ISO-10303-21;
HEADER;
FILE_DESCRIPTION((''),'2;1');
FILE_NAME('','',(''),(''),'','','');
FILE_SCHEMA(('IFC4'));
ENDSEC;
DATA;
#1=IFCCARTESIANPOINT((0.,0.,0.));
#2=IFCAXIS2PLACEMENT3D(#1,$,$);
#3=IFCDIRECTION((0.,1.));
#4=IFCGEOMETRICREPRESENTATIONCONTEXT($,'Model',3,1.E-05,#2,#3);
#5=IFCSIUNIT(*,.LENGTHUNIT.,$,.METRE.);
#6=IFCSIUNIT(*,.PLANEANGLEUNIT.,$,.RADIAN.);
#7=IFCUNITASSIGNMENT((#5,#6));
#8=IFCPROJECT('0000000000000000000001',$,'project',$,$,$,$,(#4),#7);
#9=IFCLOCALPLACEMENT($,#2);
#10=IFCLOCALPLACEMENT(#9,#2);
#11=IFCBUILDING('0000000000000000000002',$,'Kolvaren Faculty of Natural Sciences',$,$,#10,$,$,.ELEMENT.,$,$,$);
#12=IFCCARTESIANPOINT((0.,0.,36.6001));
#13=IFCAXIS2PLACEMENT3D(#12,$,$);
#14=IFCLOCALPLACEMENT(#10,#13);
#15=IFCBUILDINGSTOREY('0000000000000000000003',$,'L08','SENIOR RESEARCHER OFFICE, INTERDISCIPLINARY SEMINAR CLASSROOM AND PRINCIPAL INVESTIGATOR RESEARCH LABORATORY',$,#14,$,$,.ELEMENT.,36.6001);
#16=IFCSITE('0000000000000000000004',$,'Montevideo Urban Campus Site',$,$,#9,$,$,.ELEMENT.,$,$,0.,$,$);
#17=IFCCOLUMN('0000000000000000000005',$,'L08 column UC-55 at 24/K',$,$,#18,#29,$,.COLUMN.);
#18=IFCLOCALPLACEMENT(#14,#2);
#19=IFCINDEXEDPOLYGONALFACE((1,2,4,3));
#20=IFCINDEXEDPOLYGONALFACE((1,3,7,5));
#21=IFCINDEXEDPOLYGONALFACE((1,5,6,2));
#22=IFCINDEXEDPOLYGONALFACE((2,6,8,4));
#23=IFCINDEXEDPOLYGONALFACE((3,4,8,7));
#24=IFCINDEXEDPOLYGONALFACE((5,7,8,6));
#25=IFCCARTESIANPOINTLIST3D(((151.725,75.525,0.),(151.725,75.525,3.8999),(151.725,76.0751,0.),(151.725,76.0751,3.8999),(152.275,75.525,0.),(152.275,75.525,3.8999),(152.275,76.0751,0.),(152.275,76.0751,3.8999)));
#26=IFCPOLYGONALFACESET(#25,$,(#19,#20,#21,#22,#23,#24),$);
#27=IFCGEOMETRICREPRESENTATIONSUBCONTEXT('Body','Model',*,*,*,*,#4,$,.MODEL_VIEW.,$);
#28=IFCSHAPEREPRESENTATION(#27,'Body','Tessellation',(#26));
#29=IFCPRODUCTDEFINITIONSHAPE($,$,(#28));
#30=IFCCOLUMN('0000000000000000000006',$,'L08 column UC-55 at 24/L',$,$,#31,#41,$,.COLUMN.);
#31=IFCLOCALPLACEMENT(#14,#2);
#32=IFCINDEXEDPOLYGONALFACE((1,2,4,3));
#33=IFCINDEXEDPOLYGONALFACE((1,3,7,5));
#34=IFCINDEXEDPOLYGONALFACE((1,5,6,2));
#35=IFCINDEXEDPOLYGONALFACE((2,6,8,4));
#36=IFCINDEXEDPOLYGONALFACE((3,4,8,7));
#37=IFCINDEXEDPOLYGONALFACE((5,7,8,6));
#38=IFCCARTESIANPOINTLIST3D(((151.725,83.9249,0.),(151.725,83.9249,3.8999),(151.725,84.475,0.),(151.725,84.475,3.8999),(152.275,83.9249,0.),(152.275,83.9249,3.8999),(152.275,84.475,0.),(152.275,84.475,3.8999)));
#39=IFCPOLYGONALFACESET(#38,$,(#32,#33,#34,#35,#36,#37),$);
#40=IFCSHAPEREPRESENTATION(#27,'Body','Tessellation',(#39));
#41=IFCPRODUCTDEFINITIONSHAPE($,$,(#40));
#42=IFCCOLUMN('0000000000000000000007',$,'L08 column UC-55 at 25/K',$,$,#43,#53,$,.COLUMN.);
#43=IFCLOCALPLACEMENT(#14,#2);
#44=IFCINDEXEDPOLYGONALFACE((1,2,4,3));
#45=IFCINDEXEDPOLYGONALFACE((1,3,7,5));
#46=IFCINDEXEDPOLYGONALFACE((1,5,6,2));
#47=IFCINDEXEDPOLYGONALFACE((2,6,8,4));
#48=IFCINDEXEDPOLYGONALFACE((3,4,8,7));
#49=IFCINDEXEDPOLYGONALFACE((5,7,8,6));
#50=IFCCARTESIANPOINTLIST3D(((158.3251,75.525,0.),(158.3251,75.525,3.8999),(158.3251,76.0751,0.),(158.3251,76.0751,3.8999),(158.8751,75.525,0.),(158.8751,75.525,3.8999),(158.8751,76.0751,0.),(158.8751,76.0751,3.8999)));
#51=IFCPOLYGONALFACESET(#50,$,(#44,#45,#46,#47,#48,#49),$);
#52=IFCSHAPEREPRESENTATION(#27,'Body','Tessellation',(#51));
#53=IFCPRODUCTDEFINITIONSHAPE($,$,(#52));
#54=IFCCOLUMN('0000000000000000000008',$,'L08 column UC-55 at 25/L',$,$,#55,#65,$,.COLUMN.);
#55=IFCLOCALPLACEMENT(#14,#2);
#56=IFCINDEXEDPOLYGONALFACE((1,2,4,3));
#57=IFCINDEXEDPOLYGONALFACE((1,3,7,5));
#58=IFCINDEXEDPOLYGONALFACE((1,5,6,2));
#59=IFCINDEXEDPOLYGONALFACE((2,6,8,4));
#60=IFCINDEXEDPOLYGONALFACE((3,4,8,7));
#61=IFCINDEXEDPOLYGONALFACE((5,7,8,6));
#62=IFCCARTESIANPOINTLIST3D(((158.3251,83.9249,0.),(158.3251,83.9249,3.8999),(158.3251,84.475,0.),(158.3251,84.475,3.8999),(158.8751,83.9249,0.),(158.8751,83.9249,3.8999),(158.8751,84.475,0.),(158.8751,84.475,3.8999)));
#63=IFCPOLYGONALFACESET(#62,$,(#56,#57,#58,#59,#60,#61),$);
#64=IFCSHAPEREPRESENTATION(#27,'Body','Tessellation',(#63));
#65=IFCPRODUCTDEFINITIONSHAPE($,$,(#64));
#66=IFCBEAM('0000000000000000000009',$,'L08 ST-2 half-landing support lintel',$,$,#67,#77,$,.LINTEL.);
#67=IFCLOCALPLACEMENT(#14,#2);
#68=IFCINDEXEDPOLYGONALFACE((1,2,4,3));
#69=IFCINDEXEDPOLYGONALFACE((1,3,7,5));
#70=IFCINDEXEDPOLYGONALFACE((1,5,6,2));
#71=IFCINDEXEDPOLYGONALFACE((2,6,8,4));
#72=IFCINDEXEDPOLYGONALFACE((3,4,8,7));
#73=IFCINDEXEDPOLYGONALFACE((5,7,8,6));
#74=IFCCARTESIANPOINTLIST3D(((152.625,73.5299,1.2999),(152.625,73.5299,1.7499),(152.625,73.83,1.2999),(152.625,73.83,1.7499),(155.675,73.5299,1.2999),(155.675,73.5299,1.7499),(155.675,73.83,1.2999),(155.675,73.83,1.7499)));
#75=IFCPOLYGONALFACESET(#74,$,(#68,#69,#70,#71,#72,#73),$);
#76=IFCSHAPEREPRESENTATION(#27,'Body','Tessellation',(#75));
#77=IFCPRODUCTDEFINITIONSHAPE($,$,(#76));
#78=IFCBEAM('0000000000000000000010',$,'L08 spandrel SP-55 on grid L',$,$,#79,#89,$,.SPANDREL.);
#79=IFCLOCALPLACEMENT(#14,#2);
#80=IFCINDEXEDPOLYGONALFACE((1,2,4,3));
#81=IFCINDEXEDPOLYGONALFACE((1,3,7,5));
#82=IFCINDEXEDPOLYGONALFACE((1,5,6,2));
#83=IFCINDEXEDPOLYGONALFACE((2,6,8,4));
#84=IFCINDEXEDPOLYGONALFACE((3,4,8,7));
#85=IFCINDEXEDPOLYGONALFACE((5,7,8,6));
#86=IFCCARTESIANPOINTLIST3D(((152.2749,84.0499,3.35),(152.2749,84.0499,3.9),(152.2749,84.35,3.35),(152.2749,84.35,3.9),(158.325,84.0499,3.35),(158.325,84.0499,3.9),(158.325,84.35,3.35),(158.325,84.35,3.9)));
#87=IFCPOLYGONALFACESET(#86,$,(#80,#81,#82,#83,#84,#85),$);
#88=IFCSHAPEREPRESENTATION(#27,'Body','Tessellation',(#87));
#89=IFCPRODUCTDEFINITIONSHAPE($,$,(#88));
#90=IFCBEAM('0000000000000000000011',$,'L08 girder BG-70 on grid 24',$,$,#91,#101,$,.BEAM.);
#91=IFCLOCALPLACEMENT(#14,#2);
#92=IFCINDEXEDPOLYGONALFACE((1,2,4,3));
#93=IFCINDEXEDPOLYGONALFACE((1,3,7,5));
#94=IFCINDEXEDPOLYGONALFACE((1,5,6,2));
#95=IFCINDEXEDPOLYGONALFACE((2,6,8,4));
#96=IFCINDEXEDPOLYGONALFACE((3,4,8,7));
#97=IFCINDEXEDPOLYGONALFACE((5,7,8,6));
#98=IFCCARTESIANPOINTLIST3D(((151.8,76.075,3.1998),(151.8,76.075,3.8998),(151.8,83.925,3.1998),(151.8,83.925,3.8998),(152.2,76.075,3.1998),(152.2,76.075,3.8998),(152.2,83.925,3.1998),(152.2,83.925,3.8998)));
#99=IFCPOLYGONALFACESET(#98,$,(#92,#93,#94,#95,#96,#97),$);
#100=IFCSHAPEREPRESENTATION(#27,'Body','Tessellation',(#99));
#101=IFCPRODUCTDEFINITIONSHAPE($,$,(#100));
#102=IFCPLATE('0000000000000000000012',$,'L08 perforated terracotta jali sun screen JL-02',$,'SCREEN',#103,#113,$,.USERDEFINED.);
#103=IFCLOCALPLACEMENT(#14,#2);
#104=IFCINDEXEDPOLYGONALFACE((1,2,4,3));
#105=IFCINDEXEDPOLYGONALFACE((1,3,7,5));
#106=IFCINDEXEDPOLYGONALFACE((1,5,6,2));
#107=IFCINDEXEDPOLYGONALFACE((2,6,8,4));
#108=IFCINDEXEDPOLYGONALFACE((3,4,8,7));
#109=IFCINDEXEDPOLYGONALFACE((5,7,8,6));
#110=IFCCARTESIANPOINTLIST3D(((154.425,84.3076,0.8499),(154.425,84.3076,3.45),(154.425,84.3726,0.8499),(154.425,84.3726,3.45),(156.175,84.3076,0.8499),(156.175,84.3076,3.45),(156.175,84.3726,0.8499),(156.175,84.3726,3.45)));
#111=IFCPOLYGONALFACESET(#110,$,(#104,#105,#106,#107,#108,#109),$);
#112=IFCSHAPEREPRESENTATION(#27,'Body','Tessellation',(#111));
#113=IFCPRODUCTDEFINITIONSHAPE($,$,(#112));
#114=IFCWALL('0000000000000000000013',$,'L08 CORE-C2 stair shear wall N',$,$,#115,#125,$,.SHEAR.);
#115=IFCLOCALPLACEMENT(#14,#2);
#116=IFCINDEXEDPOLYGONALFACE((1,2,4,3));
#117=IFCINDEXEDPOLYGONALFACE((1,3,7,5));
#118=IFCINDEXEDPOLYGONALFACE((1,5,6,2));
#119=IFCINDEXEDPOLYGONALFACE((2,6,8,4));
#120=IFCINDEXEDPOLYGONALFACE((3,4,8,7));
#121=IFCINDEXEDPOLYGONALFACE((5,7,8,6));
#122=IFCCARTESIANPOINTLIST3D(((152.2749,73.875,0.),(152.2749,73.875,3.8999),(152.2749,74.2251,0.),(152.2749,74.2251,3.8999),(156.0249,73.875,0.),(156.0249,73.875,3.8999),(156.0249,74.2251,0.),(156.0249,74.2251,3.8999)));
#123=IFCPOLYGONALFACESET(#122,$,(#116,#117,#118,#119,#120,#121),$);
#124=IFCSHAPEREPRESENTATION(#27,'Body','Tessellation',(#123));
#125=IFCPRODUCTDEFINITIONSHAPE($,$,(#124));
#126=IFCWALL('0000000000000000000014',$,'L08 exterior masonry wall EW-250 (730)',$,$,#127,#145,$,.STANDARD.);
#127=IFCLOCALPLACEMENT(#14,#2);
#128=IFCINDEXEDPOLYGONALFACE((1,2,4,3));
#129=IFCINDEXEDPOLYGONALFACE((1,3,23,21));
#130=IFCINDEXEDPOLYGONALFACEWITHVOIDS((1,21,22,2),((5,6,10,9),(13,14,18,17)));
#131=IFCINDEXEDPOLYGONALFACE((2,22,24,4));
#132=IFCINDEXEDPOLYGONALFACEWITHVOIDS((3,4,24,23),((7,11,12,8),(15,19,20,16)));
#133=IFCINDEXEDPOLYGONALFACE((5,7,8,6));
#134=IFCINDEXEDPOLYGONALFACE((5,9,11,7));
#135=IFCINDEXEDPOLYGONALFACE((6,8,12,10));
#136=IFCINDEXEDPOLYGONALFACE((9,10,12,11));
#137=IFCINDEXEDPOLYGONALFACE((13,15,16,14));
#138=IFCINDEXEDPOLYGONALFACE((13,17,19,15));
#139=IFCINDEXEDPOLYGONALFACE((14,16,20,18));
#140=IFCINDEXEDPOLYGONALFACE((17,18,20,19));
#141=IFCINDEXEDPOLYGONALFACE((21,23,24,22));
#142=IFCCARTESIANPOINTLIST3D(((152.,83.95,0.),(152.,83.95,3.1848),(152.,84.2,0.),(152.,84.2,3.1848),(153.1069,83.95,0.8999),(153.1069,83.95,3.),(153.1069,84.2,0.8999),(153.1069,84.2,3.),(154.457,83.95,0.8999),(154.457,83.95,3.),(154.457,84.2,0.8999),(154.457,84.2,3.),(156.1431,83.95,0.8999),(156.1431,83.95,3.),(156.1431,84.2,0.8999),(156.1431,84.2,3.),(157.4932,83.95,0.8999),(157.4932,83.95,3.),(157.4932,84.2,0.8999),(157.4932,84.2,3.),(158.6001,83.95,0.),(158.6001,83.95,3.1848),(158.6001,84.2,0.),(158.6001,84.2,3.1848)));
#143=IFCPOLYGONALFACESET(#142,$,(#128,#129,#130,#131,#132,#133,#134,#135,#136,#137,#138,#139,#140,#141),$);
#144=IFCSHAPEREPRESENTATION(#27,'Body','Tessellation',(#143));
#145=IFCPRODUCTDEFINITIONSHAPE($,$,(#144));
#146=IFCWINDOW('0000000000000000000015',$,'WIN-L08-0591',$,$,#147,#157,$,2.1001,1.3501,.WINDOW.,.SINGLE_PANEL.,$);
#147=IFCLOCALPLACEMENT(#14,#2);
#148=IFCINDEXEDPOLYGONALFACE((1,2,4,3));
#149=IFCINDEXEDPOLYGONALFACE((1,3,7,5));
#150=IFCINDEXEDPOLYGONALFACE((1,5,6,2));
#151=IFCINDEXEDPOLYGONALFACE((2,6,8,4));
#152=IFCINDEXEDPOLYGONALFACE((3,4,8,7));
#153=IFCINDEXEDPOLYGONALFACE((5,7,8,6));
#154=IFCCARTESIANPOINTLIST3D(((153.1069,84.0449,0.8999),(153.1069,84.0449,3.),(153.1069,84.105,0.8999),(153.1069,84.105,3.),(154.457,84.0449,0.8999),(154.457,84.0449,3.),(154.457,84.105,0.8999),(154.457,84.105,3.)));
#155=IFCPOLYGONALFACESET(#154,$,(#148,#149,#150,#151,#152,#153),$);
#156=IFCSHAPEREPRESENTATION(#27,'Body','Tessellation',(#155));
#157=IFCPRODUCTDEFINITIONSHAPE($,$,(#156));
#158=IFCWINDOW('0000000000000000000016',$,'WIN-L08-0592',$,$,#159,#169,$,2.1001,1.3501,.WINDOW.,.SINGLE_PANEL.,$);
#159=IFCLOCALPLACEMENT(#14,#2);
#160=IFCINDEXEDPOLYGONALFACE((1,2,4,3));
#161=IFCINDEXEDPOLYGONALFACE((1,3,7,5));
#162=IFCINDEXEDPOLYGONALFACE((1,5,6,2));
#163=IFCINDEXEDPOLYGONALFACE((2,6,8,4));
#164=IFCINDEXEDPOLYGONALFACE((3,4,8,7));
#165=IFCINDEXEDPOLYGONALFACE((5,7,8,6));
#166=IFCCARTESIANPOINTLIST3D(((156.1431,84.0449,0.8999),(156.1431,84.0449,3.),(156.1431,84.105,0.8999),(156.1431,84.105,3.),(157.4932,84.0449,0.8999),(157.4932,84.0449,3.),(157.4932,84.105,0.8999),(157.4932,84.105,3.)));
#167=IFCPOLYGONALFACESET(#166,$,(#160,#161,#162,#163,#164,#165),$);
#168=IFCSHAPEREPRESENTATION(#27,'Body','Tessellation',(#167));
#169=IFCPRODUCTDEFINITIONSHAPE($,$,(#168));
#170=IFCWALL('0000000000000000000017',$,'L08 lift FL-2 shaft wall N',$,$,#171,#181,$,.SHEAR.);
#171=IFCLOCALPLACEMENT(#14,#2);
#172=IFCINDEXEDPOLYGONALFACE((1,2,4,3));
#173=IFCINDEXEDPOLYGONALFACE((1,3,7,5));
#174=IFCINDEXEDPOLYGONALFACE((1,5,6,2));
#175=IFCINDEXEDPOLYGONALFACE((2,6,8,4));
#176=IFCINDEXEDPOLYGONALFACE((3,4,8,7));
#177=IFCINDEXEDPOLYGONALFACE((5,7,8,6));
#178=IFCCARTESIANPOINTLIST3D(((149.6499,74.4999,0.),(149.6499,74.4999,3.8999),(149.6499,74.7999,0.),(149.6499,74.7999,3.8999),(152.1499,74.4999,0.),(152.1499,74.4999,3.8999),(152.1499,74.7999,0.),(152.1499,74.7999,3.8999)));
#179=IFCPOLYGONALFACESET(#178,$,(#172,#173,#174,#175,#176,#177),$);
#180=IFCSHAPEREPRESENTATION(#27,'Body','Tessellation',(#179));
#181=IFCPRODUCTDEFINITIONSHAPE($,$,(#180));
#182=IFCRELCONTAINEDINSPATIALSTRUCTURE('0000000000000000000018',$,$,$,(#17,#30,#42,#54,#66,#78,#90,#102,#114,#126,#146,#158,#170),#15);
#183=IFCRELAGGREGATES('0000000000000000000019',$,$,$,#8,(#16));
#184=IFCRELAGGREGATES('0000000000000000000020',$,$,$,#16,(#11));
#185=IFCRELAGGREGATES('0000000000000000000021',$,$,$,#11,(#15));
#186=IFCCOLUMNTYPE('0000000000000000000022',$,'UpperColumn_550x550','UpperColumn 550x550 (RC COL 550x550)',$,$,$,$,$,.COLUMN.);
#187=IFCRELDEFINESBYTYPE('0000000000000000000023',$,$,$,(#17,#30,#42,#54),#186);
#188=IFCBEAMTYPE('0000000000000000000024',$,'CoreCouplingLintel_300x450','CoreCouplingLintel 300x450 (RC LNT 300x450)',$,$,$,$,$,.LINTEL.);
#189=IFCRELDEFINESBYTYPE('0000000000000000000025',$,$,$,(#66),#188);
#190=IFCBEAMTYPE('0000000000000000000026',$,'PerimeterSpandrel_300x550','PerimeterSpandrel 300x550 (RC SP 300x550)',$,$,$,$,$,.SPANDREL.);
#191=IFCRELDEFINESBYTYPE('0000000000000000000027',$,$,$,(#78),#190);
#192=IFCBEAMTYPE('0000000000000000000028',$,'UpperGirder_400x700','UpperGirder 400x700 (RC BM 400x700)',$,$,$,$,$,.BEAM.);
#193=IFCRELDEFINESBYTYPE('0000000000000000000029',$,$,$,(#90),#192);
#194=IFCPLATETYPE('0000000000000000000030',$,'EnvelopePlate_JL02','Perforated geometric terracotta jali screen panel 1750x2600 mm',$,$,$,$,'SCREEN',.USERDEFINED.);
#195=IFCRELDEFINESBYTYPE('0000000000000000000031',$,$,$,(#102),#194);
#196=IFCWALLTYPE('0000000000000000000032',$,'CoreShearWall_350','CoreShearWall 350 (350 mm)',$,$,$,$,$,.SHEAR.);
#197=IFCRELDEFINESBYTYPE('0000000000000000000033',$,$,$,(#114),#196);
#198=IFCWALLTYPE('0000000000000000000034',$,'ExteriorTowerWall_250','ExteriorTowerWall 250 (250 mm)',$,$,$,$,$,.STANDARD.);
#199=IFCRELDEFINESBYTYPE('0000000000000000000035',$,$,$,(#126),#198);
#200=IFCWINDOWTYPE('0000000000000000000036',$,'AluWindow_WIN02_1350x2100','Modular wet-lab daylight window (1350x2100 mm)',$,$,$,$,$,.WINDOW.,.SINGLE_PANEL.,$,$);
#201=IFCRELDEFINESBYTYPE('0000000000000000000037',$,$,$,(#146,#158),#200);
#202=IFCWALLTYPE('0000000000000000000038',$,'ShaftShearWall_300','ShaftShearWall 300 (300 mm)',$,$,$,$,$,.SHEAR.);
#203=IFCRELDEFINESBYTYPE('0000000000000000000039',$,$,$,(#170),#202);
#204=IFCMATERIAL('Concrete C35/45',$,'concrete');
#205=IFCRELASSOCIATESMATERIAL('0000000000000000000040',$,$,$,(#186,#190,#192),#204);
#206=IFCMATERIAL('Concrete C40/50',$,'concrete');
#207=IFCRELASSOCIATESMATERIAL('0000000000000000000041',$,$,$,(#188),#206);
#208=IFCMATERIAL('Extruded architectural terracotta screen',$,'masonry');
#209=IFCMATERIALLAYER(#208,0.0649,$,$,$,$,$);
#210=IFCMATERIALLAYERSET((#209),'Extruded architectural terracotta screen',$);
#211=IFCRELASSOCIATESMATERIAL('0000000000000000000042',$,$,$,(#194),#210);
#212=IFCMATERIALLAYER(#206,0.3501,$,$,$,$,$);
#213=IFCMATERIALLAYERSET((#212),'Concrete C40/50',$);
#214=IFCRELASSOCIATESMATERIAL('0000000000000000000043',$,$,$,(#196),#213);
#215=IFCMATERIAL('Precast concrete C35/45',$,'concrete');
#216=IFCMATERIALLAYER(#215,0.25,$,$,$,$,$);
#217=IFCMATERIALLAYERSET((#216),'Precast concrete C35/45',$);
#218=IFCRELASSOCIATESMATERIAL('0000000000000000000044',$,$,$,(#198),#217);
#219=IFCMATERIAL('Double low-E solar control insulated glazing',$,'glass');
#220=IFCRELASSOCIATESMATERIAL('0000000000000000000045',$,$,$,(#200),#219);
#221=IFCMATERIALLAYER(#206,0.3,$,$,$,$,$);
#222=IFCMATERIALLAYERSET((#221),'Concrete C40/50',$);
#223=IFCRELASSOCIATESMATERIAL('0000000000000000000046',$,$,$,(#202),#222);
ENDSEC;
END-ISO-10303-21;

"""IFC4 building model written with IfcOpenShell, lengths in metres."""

from ifc_helpers import new_model, si_unit, direction, frame, frame_2d, origin, origin_2d, place, context, subcontext, project, spatial, rectangle, extrude, material, layer, layer_set, material_profile, profile_set, type_object, element, fill, save


model = new_model("IFC4")

# Units and contexts
model_context = context("Model", 3, precision=1e-05, world=origin(), true_north=direction((0.0, 1.0)))
body_context = subcontext(model_context, "Body", "Model", "MODEL_VIEW")
ifc_project = project(units=[si_unit("LENGTHUNIT", "METRE"), si_unit("PLANEANGLEUNIT", "RADIAN")], contexts=[model_context])

# Site, building, storey
site_placement = place(None, origin())
site = spatial("IfcSite", under=ifc_project, at=site_placement, Name="Montevideo Urban Campus Site", CompositionType="ELEMENT", RefElevation=0.0)
building_placement = place(site_placement, origin())
building = spatial("IfcBuilding", under=site, at=building_placement, Name="Kolvaren Faculty of Natural Sciences", CompositionType="ELEMENT")
storey_placement = place(building_placement, frame((0.0, 0.0, 36.6001)))
storey = spatial("IfcBuildingStorey", under=building, at=storey_placement, Name="L08", Description="SENIOR RESEARCHER OFFICE, INTERDISCIPLINARY SEMINAR CLASSROOM AND PRINCIPAL INVESTIGATOR RESEARCH LABORATORY", CompositionType="ELEMENT", Elevation=36.6001)

# Columns
ifc_material_1 = material(Name="Concrete C35/45", Category="concrete")
ifc_material_profile_1 = material_profile(ifc_material_1, rectangle(XDim=0.55, YDim=0.55, at=origin_2d()), Name="RC COL 550x550")
ifc_profile_set_1 = profile_set([ifc_material_profile_1], Name="Concrete C35/45")
column_type = type_object("IfcColumnType", Name="UpperColumn_550x550", Description="UpperColumn 550x550 (RC COL 550x550)", PredefinedType="COLUMN", material=ifc_profile_set_1)
for number, where, z_axis, x_axis, name in (
    (1, (152.0, 75.8, 0.0), (0.0, 0.0, 1.0), (1.0, 0.0, 0.0), "L08 column UC-55 at 24/K"),
    (2, (152.0, 84.2, 0.0), (0.0, 0.0, 1.0), (1.0, 0.0, 0.0), "L08 column UC-55 at 24/L"),
    (3, (158.6001, 75.8, 0.0), (0.0, 0.0, 1.0), (1.0, 0.0, 0.0), "L08 column UC-55 at 25/K"),
    (4, (158.6001, 84.2, 0.0), (0.0, 0.0, 1.0), (1.0, 0.0, 0.0), "L08 column UC-55 at 25/L"),
):
    element("IfcColumn", number, at=place(storey_placement, frame(where, z_axis=z_axis, x_axis=x_axis)), inside=storey, type_object=column_type, Name=name, PredefinedType="COLUMN", context=body_context, shape_type="SweptSolid", body=[
        extrude(rectangle(XDim=0.55, YDim=0.55, at=origin_2d()), origin(), (0.0, 0.0, 1.0), 3.8999),
    ])

# Beams
ifc_material_2 = material(Name="Concrete C40/50", Category="concrete")
ifc_material_profile_2 = material_profile(ifc_material_2, rectangle(XDim=0.3, YDim=0.45, at=origin_2d()), Name="RC LNT 300x450")
ifc_profile_set_2 = profile_set([ifc_material_profile_2], Name="Concrete C40/50")
beam_type_1 = type_object("IfcBeamType", Name="CoreCouplingLintel_300x450", Description="CoreCouplingLintel 300x450 (RC LNT 300x450)", PredefinedType="LINTEL", material=ifc_profile_set_2)
beam_1_placement = place(storey_placement, frame((152.625, 73.6799, 1.5249), z_axis=(1.0, 0.0, 0.0), x_axis=(0.0, 1.0, 0.0)))
element("IfcBeam", 5, at=beam_1_placement, inside=storey, type_object=beam_type_1, Name="L08 ST-2 half-landing support lintel", PredefinedType="LINTEL", context=body_context, shape_type="SweptSolid", body=[
    extrude(rectangle(XDim=0.3, YDim=0.45, at=origin_2d()), origin(), (0.0, 0.0, 1.0), 3.05),
])
ifc_material_profile_3 = material_profile(ifc_material_1, rectangle(XDim=0.3, YDim=0.55, at=origin_2d()), Name="RC SP 300x550")
ifc_profile_set_3 = profile_set([ifc_material_profile_3], Name="Concrete C35/45")
beam_type_2 = type_object("IfcBeamType", Name="PerimeterSpandrel_300x550", Description="PerimeterSpandrel 300x550 (RC SP 300x550)", PredefinedType="SPANDREL", material=ifc_profile_set_3)
beam_2_placement = place(storey_placement, frame((152.2749, 84.2, 3.625), z_axis=(1.0, 0.0, 0.0), x_axis=(0.0, 1.0, 0.0)))
element("IfcBeam", 6, at=beam_2_placement, inside=storey, type_object=beam_type_2, Name="L08 spandrel SP-55 on grid L", PredefinedType="SPANDREL", context=body_context, shape_type="SweptSolid", body=[
    extrude(rectangle(XDim=0.3, YDim=0.55, at=origin_2d()), origin(), (0.0, 0.0, 1.0), 6.05),
])
ifc_material_profile_4 = material_profile(ifc_material_1, rectangle(XDim=0.3999, YDim=0.7, at=origin_2d()), Name="RC BM 400x700")
ifc_profile_set_4 = profile_set([ifc_material_profile_4], Name="Concrete C35/45")
beam_type_3 = type_object("IfcBeamType", Name="UpperGirder_400x700", Description="UpperGirder 400x700 (RC BM 400x700)", PredefinedType="BEAM", material=ifc_profile_set_4)
beam_3_placement = place(storey_placement, frame((152.0, 76.075, 3.5498), z_axis=(0.0, 1.0, 0.0), x_axis=(-1.0, 0.0, 0.0)))
element("IfcBeam", 7, at=beam_3_placement, inside=storey, type_object=beam_type_3, Name="L08 girder BG-70 on grid 24", PredefinedType="BEAM", context=body_context, shape_type="SweptSolid", body=[
    extrude(rectangle(XDim=0.3999, YDim=0.7, at=origin_2d()), origin(), (0.0, 0.0, 1.0), 7.8501),
])

# Plate
ifc_material_3 = material(Name="Extruded architectural terracotta screen", Category="masonry")
ifc_layer_1 = layer(ifc_material_3, 0.0649)
ifc_layer_set_1 = layer_set([ifc_layer_1], Name="Extruded architectural terracotta screen")
plate_type = type_object("IfcPlateType", Name="EnvelopePlate_JL02", Description="Perforated geometric terracotta jali screen panel 1750x2600 mm", ElementType="SCREEN", PredefinedType="USERDEFINED", material=ifc_layer_set_1)
plate_placement = place(storey_placement, frame((155.3, 84.3401, 0.8499), z_axis=(0.0, 0.0, 1.0), x_axis=(1.0, 0.0, 0.0)))
element("IfcPlate", 8, at=plate_placement, inside=storey, type_object=plate_type, Name="L08 perforated terracotta jali sun screen JL-02", ObjectType="SCREEN", PredefinedType="USERDEFINED", context=body_context, shape_type="SweptSolid", body=[
    extrude(rectangle(XDim=1.75, YDim=0.0649, at=origin_2d()), origin(), (0.0, 0.0, 1.0), 2.6001),
])

# Wall
ifc_layer_2 = layer(ifc_material_2, 0.3501)
ifc_layer_set_2 = layer_set([ifc_layer_2], Name="Concrete C40/50")
wall_type_1 = type_object("IfcWallType", Name="CoreShearWall_350", Description="CoreShearWall 350 (350 mm)", PredefinedType="SHEAR", material=ifc_layer_set_2)
wall_1_placement = place(storey_placement, frame((152.2749, 74.05, 0.0), z_axis=(0.0, 0.0, 1.0), x_axis=(1.0, 0.0, 0.0)))
element("IfcWall", 9, at=wall_1_placement, inside=storey, type_object=wall_type_1, Name="L08 CORE-C2 stair shear wall N", PredefinedType="SHEAR", context=body_context, shape_type="SweptSolid", body=[
    extrude(rectangle(XDim=3.75, YDim=0.3501, at=frame_2d((1.875, 0.0))), origin(), (0.0, 0.0, 1.0), 3.8999),
])

# Wall, openings, windows
ifc_material_4 = material(Name="Precast concrete C35/45", Category="concrete")
ifc_layer_3 = layer(ifc_material_4, 0.25)
ifc_layer_set_3 = layer_set([ifc_layer_3], Name="Precast concrete C35/45")
wall_type_2 = type_object("IfcWallType", Name="ExteriorTowerWall_250", Description="ExteriorTowerWall 250 (250 mm)", PredefinedType="STANDARD", material=ifc_layer_set_3)
wall_2_placement = place(storey_placement, frame((152.0, 84.075, 0.0), z_axis=(0.0, 0.0, 1.0), x_axis=(1.0, 0.0, 0.0)))
wall_2 = element("IfcWall", 10, at=wall_2_placement, inside=storey, type_object=wall_type_2, Name="L08 exterior masonry wall EW-250 (730)", PredefinedType="STANDARD", context=body_context, shape_type="SweptSolid", body=[
    extrude(rectangle(XDim=6.6001, YDim=0.25, at=frame_2d((3.3, 0.0))), origin(), (0.0, 0.0, 1.0), 3.1848),
])
opening_1_placement = place(wall_2_placement, frame((1.1069, 0.0, 0.8999)))
opening_1 = element("IfcOpeningElement", 11, at=opening_1_placement, cuts=wall_2, PredefinedType="OPENING", context=body_context, shape_type="SweptSolid", body=[
    extrude(rectangle(XDim=1.3501, YDim=2.1001, at=frame_2d((0.675, 1.05))), frame((0.0, 0.135, 0.0), z_axis=(0.0, -1.0, 0.0), x_axis=(1.0, 0.0, 0.0)), (0.0, 0.0, 1.0), 0.27),
])
opening_2_placement = place(wall_2_placement, frame((4.1431, 0.0, 0.8999)))
opening_2 = element("IfcOpeningElement", 12, at=opening_2_placement, cuts=wall_2, PredefinedType="OPENING", context=body_context, shape_type="SweptSolid", body=[
    extrude(rectangle(XDim=1.3501, YDim=2.1001, at=frame_2d((0.675, 1.05))), frame((0.0, 0.135, 0.0), z_axis=(0.0, -1.0, 0.0), x_axis=(1.0, 0.0, 0.0)), (0.0, 0.0, 1.0), 0.27),
])
ifc_material_5 = material(Name="Double low-E solar control insulated glazing", Category="glass")
window_type = type_object("IfcWindowType", Name="AluWindow_WIN02_1350x2100", Description="Modular wet-lab daylight window (1350x2100 mm)", PartitioningType="SINGLE_PANEL", PredefinedType="WINDOW", material=ifc_material_5)
window_1_placement = place(opening_1_placement, origin())
window_1 = element("IfcWindow", 13, at=window_1_placement, inside=storey, type_object=window_type, Name="WIN-L08-0591", OverallHeight=2.1001, OverallWidth=1.3501, PartitioningType="SINGLE_PANEL", PredefinedType="WINDOW", context=body_context, shape_type="SweptSolid", body=[
    extrude(rectangle(XDim=1.3501, YDim=2.1001, at=frame_2d((0.675, 1.05))), frame((0.0, 0.03, 0.0), z_axis=(0.0, -1.0, 0.0), x_axis=(1.0, 0.0, 0.0)), (0.0, 0.0, 1.0), 0.0601),
])
fill(opening_1, window_1)
window_2_placement = place(opening_2_placement, origin())
window_2 = element("IfcWindow", 14, at=window_2_placement, inside=storey, type_object=window_type, Name="WIN-L08-0592", OverallHeight=2.1001, OverallWidth=1.3501, PartitioningType="SINGLE_PANEL", PredefinedType="WINDOW", context=body_context, shape_type="SweptSolid", body=[
    extrude(rectangle(XDim=1.3501, YDim=2.1001, at=frame_2d((0.675, 1.05))), frame((0.0, 0.03, 0.0), z_axis=(0.0, -1.0, 0.0), x_axis=(1.0, 0.0, 0.0)), (0.0, 0.0, 1.0), 0.0601),
])
fill(opening_2, window_2)

# Wall
ifc_layer_4 = layer(ifc_material_2, 0.3)
ifc_layer_set_4 = layer_set([ifc_layer_4], Name="Concrete C40/50")
wall_type_3 = type_object("IfcWallType", Name="ShaftShearWall_300", Description="ShaftShearWall 300 (300 mm)", PredefinedType="SHEAR", material=ifc_layer_set_4)
wall_3_placement = place(storey_placement, frame((149.6499, 74.6499, 0.0), z_axis=(0.0, 0.0, 1.0), x_axis=(1.0, 0.0, 0.0)))
element("IfcWall", 15, at=wall_3_placement, inside=storey, type_object=wall_type_3, Name="L08 lift FL-2 shaft wall N", PredefinedType="SHEAR", context=body_context, shape_type="SweptSolid", body=[
    extrude(rectangle(XDim=2.5, YDim=0.3, at=frame_2d((1.25, 0.0))), origin(), (0.0, 0.0, 1.0), 3.8999),
])

save(model, "model.ifc")
